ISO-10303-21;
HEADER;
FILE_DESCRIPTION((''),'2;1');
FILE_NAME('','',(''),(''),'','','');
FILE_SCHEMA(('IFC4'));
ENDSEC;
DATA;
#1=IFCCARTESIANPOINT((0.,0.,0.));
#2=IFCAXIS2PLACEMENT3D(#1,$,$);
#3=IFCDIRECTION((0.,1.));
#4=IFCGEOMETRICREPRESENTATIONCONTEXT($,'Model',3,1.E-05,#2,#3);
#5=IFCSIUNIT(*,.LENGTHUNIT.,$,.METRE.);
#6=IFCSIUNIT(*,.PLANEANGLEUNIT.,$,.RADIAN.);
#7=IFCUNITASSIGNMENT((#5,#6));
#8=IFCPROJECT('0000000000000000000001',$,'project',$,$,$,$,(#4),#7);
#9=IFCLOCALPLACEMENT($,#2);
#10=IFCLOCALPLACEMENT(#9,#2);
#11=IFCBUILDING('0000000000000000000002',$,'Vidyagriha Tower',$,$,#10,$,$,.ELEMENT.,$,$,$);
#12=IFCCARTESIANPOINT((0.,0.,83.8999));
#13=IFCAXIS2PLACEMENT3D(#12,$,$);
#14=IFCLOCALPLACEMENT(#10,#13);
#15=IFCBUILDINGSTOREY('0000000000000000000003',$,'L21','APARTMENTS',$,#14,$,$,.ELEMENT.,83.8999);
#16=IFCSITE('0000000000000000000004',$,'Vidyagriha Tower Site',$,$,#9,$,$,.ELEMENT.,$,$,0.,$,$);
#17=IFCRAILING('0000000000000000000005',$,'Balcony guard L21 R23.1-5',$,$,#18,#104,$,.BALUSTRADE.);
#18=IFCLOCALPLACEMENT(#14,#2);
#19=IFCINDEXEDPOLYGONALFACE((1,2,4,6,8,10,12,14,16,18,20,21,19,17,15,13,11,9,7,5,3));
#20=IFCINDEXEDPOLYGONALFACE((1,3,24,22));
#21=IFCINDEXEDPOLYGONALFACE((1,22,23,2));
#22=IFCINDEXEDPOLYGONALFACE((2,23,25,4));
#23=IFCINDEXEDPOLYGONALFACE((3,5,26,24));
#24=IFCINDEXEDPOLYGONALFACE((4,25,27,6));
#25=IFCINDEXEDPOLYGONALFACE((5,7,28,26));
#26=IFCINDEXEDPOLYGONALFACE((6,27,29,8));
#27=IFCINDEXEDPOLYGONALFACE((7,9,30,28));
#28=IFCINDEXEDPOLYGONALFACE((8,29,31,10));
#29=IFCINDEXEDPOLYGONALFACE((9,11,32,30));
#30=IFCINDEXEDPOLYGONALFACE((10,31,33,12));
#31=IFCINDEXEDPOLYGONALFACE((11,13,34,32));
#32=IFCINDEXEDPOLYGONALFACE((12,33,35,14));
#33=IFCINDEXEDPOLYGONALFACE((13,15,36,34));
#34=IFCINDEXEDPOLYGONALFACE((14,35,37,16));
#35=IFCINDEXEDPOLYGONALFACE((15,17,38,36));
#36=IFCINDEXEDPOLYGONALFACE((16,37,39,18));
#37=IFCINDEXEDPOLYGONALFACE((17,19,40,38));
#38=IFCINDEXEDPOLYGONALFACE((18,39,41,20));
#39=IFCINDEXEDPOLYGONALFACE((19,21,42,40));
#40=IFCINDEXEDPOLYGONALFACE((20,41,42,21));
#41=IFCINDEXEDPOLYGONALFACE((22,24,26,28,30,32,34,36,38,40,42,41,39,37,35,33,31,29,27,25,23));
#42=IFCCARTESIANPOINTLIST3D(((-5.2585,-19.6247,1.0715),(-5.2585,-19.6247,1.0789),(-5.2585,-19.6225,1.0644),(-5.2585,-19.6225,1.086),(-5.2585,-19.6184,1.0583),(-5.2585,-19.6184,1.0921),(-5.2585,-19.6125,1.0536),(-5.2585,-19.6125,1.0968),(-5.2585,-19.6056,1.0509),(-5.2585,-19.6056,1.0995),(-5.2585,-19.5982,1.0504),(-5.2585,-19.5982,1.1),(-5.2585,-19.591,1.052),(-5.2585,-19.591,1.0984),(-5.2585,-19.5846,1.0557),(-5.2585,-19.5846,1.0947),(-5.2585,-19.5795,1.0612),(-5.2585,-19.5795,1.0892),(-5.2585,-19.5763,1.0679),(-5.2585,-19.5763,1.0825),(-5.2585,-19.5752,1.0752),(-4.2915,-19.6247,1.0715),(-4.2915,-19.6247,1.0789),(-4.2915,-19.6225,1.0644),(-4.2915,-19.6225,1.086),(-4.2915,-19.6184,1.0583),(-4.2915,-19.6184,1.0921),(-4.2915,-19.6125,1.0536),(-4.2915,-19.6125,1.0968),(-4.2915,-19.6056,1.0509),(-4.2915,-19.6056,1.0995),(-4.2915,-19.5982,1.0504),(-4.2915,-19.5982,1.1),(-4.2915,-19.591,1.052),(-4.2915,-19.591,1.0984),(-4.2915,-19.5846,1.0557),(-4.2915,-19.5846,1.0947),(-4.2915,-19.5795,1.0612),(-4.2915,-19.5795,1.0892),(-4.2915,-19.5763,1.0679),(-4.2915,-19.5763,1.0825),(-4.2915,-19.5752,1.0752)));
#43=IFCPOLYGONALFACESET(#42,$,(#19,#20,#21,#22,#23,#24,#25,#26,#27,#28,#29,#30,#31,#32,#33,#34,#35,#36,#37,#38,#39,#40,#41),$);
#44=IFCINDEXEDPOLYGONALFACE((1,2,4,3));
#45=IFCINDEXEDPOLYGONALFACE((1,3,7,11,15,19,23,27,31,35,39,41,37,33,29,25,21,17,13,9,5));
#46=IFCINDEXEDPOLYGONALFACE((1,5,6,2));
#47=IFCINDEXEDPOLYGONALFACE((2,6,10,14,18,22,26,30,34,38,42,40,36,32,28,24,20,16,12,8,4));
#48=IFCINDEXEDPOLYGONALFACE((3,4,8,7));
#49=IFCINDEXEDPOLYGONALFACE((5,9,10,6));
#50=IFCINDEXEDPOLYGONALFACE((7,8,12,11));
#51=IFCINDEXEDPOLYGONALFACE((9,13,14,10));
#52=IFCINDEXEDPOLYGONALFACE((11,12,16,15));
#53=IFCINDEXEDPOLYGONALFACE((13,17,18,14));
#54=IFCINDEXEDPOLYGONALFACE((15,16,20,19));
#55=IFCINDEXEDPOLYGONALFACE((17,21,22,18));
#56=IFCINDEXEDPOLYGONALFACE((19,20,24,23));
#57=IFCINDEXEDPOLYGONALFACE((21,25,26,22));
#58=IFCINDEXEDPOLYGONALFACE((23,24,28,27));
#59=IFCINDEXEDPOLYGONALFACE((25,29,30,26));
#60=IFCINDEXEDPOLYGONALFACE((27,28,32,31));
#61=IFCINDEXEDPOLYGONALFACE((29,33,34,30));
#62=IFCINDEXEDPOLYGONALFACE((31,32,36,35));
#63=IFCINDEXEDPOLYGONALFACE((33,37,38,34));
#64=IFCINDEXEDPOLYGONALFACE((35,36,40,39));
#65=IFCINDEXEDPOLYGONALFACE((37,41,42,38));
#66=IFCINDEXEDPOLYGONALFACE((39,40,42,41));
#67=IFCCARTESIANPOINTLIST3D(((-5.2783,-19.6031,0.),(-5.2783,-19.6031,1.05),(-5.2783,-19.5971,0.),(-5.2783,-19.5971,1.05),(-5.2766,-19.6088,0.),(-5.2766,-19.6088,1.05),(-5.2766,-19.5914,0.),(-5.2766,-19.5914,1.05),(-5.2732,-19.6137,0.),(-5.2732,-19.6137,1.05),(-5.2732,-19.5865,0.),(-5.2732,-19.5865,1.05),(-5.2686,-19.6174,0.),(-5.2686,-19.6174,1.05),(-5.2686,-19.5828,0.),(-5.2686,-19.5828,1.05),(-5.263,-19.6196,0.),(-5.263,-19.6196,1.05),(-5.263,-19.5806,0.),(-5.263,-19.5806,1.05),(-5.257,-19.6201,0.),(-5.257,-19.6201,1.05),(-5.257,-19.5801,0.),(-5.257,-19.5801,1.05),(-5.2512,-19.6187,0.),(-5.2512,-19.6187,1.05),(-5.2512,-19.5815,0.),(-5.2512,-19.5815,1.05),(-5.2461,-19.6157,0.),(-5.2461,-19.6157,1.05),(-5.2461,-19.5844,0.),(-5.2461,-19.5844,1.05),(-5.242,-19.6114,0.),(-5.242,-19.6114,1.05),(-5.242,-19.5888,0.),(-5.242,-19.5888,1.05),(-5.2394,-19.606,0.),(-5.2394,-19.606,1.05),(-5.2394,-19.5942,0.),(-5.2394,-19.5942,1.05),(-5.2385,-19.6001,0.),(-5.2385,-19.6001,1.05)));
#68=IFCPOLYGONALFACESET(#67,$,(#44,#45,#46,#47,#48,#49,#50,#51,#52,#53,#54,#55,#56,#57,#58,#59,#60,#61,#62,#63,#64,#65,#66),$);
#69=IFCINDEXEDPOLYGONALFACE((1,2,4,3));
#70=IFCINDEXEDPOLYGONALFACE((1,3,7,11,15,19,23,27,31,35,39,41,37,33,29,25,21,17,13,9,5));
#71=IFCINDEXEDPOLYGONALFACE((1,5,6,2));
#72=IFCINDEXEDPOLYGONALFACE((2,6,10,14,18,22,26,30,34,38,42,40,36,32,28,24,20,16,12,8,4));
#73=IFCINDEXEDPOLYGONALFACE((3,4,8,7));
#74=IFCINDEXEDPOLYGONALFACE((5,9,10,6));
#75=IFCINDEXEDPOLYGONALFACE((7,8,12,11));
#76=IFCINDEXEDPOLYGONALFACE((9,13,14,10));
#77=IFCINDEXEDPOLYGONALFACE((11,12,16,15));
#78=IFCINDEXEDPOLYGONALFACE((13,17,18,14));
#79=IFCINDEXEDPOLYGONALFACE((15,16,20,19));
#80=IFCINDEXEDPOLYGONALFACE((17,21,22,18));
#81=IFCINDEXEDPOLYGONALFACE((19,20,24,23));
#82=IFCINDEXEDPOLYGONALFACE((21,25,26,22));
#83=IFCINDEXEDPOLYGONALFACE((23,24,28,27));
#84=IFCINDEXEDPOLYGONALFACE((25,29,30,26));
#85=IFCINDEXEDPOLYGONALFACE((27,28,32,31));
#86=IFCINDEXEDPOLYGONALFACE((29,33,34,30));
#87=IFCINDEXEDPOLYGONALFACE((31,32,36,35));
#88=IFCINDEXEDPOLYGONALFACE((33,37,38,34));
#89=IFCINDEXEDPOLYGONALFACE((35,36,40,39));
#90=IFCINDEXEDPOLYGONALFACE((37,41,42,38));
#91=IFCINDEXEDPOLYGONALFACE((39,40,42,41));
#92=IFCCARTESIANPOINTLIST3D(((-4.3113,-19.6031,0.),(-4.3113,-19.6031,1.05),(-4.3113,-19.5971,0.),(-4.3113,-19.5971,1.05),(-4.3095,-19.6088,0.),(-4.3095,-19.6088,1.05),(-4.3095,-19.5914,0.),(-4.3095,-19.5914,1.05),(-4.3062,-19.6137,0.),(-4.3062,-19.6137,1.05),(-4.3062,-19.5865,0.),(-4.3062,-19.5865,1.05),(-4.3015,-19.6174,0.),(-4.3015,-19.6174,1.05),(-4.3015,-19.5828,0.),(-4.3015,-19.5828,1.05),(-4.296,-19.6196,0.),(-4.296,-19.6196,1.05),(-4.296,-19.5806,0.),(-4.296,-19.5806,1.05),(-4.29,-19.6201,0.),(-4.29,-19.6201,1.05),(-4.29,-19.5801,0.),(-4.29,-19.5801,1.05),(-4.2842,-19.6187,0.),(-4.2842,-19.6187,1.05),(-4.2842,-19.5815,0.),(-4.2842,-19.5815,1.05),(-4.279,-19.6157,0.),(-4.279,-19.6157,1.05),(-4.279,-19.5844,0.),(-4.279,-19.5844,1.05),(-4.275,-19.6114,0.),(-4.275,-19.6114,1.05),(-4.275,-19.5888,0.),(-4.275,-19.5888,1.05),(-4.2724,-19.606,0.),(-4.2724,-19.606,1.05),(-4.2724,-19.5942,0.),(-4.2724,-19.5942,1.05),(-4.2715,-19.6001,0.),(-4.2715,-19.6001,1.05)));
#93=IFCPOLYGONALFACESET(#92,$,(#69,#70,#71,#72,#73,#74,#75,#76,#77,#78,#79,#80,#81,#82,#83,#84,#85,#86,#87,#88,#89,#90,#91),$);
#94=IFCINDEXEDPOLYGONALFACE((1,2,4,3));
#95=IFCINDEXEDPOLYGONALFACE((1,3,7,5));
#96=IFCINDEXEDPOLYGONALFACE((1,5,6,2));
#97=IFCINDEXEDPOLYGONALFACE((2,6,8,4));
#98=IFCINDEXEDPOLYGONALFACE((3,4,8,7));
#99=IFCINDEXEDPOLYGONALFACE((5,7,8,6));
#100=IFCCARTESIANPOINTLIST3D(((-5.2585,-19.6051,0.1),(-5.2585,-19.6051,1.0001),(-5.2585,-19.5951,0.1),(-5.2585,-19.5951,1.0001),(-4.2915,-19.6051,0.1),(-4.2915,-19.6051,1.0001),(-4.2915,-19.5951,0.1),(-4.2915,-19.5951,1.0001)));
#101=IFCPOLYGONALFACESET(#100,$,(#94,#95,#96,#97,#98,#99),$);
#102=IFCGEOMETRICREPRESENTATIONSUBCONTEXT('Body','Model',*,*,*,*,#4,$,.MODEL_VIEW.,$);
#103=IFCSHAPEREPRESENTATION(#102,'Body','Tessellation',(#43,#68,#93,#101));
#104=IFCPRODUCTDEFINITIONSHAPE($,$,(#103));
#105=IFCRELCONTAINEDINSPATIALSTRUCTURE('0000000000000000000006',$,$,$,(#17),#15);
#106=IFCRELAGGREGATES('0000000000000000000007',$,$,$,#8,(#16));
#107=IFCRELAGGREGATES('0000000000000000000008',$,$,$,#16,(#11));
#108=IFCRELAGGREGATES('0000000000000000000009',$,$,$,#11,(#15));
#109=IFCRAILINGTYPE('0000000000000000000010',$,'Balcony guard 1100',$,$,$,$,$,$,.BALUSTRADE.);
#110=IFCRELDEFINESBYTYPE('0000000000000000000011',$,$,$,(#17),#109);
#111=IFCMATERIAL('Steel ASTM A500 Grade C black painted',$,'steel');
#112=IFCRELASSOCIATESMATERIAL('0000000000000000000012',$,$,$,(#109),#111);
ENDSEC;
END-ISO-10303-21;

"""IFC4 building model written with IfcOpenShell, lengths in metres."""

from ifc_helpers import new_model, si_unit, direction, frame, origin, origin_2d, place, context, subcontext, project, spatial, rectangle, circle, extrude, material, type_object, element, save


model = new_model("IFC4")

# Units and contexts
model_context = context("Model", 3, precision=1e-05, world=origin(), true_north=direction((0.0, 1.0)))
body_context = subcontext(model_context, "Body", "Model", "MODEL_VIEW")
ifc_project = project(units=[si_unit("LENGTHUNIT", "METRE"), si_unit("PLANEANGLEUNIT", "RADIAN")], contexts=[model_context])

# Site, building, storey
site_placement = place(None, origin())
site = spatial("IfcSite", under=ifc_project, at=site_placement, Name="Vidyagriha Tower Site", CompositionType="ELEMENT", RefElevation=0.0)
building_placement = place(site_placement, origin())
building = spatial("IfcBuilding", under=site, at=building_placement, Name="Vidyagriha Tower", CompositionType="ELEMENT")
storey_placement = place(building_placement, frame((0.0, 0.0, 83.8999)))
storey = spatial("IfcBuildingStorey", under=building, at=storey_placement, Name="L21", Description="APARTMENTS", CompositionType="ELEMENT", Elevation=83.8999)

# Railing
ifc_material_1 = material(Name="Steel ASTM A500 Grade C black painted", Category="steel")
railing_type = type_object("IfcRailingType", Name="Balcony guard 1100", PredefinedType="BALUSTRADE", material=ifc_material_1)
railing_1_placement = place(storey_placement, frame((-5.2585, -19.6001, 0.0)))
element("IfcRailing", 1, at=railing_1_placement, inside=storey, type_object=railing_type, Name="Balcony guard L21 R23.1-5", PredefinedType="BALUSTRADE", context=body_context, shape_type="SweptSolid", body=[
    extrude(circle(Radius=0.0249, at=origin_2d()), frame((0.0, 0.0, 1.0752), z_axis=(1.0, 0.0, 0.0), x_axis=(0.0, 1.0, 0.0)), (0.0, 0.0, 1.0), 0.967),
    extrude(circle(Radius=0.02, at=origin_2d()), origin(), (0.0, 0.0, 1.0), 1.05),
    extrude(circle(Radius=0.02, at=origin_2d()), frame((0.967, 0.0, 0.0)), (0.0, 0.0, 1.0), 1.05),
    extrude(rectangle(XDim=0.01, YDim=0.9001, at=origin_2d()), frame((0.0, 0.0, 0.55), z_axis=(1.0, 0.0, 0.0), x_axis=(0.0, 1.0, 0.0)), (0.0, 0.0, 1.0), 0.967),
])

save(model, "model.ifc")
